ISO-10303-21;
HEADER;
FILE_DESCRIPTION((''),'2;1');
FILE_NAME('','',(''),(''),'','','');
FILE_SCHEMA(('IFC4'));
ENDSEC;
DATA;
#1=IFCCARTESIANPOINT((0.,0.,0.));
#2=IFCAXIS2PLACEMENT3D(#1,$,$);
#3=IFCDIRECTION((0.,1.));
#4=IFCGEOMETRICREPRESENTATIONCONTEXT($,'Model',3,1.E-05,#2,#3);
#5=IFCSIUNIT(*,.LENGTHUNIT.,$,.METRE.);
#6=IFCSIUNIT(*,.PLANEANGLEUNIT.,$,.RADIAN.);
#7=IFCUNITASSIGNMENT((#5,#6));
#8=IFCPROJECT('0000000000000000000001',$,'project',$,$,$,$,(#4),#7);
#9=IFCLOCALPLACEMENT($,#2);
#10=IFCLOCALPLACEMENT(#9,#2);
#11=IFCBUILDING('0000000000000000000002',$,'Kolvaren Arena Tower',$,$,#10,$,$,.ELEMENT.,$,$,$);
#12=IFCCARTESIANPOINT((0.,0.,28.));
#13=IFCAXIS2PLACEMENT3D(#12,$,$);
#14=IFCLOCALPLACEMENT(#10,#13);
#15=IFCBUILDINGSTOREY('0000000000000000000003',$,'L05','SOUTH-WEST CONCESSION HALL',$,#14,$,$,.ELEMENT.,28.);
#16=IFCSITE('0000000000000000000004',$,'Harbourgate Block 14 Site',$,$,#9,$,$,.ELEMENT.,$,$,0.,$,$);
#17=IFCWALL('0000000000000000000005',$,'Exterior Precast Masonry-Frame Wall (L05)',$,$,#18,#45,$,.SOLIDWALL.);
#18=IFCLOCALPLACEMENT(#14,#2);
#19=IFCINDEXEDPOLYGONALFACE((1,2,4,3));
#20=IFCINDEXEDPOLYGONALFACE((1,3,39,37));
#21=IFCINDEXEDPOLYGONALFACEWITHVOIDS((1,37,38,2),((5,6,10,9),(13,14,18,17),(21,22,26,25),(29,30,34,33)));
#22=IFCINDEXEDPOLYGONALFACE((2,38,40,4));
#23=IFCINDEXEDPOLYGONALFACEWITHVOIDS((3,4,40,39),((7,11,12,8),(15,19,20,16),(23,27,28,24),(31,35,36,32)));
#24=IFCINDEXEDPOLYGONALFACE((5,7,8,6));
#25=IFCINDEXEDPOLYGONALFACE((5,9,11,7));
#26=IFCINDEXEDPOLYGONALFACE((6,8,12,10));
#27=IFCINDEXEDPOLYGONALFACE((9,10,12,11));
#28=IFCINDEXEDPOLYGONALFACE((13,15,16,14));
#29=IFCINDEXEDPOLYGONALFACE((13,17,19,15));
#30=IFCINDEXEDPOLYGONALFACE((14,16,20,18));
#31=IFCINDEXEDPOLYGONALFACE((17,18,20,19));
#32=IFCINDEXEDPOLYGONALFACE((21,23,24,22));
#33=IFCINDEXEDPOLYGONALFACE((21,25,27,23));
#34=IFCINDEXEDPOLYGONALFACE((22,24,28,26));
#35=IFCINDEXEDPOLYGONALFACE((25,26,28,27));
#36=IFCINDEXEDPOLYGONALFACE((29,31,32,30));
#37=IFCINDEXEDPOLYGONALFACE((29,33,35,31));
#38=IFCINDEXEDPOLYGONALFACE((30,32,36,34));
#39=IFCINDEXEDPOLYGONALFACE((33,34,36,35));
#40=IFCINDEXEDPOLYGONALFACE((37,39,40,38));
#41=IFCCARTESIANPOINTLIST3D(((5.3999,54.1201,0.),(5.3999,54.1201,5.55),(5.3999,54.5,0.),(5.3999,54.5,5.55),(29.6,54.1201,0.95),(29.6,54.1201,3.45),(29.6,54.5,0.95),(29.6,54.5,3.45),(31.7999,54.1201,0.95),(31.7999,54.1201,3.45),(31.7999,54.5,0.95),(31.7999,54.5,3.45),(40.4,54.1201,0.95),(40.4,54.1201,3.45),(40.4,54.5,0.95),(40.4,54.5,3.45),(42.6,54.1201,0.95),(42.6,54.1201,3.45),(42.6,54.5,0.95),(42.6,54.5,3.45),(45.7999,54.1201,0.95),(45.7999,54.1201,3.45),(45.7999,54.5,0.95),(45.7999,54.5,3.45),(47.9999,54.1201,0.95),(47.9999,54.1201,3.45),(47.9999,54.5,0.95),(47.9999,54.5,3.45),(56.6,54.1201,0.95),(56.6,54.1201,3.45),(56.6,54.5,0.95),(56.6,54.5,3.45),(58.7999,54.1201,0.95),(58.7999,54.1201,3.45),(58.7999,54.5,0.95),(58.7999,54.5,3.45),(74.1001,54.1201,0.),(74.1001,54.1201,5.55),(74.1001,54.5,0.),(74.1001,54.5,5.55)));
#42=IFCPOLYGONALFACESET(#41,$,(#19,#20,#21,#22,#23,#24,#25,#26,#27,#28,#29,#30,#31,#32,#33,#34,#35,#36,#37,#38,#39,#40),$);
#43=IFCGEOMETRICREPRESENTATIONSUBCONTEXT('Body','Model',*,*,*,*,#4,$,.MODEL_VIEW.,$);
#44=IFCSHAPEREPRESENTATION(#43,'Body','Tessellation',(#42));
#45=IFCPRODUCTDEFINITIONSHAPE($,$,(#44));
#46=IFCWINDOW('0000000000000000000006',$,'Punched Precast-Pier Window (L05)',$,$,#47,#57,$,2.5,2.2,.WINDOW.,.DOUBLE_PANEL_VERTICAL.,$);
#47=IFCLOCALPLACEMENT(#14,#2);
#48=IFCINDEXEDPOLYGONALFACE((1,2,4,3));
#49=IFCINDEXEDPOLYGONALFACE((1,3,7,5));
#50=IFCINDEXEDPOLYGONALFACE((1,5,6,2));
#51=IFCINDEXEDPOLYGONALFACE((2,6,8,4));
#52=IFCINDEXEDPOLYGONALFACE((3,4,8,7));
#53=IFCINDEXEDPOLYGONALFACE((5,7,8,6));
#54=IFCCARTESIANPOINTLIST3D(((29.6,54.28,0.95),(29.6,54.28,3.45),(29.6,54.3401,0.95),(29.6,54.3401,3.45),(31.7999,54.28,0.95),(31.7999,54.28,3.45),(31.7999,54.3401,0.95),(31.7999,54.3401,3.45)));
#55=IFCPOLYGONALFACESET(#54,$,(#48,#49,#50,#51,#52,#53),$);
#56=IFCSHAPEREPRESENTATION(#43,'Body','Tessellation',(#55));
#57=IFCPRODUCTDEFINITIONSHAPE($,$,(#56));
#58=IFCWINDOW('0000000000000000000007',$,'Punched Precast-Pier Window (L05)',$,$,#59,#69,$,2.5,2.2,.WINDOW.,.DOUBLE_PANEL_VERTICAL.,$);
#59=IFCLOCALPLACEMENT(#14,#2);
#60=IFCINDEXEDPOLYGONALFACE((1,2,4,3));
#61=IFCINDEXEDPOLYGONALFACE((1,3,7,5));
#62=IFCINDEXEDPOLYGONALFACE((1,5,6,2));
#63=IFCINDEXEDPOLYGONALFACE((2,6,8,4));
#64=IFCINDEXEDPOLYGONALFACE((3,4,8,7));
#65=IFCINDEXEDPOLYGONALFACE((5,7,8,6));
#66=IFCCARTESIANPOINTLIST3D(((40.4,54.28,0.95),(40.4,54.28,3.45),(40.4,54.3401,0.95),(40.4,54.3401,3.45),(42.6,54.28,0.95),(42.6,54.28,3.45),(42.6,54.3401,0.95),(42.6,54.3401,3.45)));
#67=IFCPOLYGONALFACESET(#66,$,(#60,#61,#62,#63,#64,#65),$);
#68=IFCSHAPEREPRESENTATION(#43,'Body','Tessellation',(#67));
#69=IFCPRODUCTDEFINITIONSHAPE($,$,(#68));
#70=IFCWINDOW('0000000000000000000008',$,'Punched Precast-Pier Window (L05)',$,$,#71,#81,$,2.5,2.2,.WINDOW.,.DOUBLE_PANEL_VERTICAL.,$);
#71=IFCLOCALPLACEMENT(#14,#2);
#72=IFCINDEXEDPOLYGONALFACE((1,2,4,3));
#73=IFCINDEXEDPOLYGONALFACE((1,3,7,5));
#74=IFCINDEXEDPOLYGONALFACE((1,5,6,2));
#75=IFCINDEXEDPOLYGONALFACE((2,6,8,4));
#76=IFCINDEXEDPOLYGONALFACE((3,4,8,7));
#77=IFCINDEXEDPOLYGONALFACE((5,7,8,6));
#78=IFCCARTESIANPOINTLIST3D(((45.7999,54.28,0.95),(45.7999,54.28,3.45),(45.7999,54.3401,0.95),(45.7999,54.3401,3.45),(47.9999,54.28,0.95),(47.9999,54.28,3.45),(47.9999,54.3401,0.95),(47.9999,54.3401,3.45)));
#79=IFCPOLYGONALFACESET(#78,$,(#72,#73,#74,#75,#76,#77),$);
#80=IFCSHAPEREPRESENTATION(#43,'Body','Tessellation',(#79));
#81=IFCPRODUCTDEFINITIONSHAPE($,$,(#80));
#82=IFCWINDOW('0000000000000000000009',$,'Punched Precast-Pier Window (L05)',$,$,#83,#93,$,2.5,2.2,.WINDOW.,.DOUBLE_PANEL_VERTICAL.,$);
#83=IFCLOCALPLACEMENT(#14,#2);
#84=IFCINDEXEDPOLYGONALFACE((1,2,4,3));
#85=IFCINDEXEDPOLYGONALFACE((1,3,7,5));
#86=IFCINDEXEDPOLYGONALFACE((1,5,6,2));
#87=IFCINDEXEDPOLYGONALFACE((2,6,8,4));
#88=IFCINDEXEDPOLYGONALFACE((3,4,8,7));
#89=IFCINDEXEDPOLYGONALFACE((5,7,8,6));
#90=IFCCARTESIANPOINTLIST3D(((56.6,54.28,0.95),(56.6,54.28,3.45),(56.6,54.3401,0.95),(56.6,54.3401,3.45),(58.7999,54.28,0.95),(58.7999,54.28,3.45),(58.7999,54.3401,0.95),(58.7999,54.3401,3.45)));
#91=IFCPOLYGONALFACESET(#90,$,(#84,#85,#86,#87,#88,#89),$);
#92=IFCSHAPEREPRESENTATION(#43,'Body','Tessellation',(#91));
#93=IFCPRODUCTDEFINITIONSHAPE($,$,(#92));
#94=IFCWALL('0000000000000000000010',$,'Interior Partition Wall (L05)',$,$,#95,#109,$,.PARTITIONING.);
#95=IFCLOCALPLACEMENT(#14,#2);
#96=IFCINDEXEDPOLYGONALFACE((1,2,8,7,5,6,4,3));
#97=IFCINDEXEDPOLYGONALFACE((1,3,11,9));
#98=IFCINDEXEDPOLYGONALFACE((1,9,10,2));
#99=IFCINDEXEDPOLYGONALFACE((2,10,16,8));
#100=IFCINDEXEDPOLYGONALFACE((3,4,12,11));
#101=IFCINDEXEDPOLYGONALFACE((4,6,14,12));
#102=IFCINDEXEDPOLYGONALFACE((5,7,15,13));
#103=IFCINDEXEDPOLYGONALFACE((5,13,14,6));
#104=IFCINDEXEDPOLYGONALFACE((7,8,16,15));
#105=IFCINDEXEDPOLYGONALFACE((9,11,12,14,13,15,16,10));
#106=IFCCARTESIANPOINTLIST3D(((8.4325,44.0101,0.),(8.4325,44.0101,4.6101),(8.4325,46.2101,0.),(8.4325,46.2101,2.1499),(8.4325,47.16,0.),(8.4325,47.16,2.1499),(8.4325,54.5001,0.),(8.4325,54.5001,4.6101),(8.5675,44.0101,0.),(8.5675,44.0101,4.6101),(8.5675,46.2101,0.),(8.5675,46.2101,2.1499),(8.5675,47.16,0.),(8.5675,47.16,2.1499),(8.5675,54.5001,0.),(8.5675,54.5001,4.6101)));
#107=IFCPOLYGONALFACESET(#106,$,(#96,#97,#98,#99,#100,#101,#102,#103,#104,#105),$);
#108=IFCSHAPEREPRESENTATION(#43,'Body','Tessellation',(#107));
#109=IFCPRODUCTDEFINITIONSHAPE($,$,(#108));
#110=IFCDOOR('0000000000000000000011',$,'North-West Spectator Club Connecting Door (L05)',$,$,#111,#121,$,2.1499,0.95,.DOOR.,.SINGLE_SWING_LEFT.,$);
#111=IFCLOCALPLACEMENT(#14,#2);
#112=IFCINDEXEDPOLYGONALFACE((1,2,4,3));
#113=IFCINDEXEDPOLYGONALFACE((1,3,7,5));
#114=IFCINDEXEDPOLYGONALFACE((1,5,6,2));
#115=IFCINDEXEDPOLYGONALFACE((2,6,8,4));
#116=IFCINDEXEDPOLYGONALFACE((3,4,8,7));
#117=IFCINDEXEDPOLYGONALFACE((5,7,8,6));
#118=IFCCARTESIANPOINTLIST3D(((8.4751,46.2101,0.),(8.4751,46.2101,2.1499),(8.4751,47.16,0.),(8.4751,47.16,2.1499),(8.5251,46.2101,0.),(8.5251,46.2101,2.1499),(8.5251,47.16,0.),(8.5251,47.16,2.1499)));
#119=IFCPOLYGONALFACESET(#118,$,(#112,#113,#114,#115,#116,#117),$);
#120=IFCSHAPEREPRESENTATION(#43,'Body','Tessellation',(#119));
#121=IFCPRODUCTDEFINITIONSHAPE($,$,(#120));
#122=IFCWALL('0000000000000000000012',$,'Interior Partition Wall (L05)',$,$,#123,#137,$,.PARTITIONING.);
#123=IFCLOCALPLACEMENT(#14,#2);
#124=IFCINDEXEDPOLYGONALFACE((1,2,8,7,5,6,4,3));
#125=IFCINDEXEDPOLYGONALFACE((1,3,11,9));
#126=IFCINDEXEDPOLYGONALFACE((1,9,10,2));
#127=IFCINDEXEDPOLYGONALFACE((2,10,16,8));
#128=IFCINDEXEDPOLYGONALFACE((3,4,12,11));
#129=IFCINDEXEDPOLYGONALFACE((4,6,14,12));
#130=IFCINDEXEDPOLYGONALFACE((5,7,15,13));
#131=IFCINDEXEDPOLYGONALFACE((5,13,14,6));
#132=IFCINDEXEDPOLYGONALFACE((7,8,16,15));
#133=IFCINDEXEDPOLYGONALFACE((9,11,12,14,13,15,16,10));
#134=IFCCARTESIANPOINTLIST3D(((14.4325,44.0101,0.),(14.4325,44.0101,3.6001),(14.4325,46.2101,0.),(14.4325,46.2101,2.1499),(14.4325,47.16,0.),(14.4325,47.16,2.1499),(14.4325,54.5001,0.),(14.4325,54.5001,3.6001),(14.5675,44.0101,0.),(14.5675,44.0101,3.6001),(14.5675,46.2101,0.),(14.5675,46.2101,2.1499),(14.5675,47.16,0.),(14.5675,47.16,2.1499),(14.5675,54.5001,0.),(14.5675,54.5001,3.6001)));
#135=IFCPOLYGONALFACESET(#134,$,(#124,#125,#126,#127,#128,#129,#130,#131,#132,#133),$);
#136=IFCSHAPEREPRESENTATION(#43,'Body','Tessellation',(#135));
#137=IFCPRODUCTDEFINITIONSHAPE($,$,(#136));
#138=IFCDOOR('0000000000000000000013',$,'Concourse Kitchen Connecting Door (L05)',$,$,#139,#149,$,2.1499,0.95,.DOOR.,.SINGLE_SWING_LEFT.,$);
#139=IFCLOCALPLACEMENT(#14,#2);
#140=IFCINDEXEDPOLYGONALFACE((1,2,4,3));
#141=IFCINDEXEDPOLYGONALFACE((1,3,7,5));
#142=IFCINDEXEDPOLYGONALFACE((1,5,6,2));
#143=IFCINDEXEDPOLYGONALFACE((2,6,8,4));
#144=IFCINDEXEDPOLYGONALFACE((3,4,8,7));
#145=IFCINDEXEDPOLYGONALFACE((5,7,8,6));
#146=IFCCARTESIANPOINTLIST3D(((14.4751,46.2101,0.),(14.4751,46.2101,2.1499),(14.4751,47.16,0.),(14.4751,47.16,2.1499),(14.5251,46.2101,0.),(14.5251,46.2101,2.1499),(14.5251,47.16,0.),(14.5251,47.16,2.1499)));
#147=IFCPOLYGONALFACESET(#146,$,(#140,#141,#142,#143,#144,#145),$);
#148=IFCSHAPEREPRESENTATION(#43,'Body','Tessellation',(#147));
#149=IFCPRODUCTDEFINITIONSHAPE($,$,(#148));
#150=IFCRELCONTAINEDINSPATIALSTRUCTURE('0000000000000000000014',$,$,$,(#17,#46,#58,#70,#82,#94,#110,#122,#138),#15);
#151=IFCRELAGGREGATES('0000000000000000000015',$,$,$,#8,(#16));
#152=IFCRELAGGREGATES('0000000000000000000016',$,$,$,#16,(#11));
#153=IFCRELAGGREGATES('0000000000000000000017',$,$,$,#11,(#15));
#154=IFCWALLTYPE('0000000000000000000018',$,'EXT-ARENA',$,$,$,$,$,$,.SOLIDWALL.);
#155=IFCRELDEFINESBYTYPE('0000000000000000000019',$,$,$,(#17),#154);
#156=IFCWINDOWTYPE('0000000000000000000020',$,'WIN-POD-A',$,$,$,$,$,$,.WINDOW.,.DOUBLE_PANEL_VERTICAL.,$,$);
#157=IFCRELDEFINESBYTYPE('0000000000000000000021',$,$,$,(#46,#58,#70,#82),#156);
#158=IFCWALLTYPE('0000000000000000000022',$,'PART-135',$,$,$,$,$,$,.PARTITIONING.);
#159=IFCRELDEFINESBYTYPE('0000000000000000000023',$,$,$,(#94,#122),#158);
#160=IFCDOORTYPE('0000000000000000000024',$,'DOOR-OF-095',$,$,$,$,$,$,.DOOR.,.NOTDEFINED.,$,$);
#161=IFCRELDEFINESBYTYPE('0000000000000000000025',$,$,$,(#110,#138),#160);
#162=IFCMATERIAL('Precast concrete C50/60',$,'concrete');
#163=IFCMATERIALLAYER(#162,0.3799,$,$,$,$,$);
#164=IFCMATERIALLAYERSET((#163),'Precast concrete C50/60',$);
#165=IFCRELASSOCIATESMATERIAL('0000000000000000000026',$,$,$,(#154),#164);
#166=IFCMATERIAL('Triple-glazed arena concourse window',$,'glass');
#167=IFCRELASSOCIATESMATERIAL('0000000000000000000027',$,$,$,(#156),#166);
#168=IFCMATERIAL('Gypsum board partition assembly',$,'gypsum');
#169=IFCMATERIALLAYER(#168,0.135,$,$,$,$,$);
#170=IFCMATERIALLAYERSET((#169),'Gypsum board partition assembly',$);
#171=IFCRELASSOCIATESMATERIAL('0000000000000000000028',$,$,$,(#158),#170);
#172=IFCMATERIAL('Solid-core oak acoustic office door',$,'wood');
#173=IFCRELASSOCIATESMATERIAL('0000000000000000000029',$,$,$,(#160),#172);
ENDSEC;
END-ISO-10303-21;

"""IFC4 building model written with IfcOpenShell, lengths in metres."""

from ifc_helpers import new_model, si_unit, direction, frame, frame_2d, origin, place, context, subcontext, project, spatial, rectangle, extrude, material, layer, layer_set, type_object, element, fill, save


model = new_model("IFC4")

# Units and contexts
model_context = context("Model", 3, precision=1e-05, world=origin(), true_north=direction((0.0, 1.0)))
body_context = subcontext(model_context, "Body", "Model", "MODEL_VIEW")
ifc_project = project(units=[si_unit("LENGTHUNIT", "METRE"), si_unit("PLANEANGLEUNIT", "RADIAN")], contexts=[model_context])

# Site, building, storey
site_placement = place(None, origin())
site = spatial("IfcSite", under=ifc_project, at=site_placement, Name="Harbourgate Block 14 Site", CompositionType="ELEMENT", RefElevation=0.0)
building_placement = place(site_placement, origin())
building = spatial("IfcBuilding", under=site, at=building_placement, Name="Kolvaren Arena Tower", CompositionType="ELEMENT")
storey_placement = place(building_placement, frame((0.0, 0.0, 28.0)))
storey = spatial("IfcBuildingStorey", under=building, at=storey_placement, Name="L05", Description="SOUTH-WEST CONCESSION HALL", CompositionType="ELEMENT", Elevation=28.0)

# Wall, openings, windows
ifc_material_1 = material(Name="Precast concrete C50/60", Category="concrete")
ifc_layer_1 = layer(ifc_material_1, 0.3799)
ifc_layer_set_1 = layer_set([ifc_layer_1], Name="Precast concrete C50/60")
wall_type_1 = type_object("IfcWallType", Name="EXT-ARENA", PredefinedType="SOLIDWALL", material=ifc_layer_set_1)
wall_1_placement = place(storey_placement, frame((5.3999, 54.3101, 0.0), z_axis=(0.0, 0.0, 1.0), x_axis=(1.0, 0.0, 0.0)))
wall_1 = element("IfcWall", 1, at=wall_1_placement, inside=storey, type_object=wall_type_1, Name="Exterior Precast Masonry-Frame Wall (L05)", PredefinedType="SOLIDWALL", context=body_context, shape_type="SweptSolid", body=[
    extrude(rectangle(XDim=68.7002, YDim=0.3799, at=frame_2d((34.3501, 0.0))), origin(), (0.0, 0.0, 1.0), 5.55),
])
opening_1_placement = place(wall_1_placement, frame((24.2, 0.0, 0.95)))
opening_1 = element("IfcOpeningElement", 2, at=opening_1_placement, cuts=wall_1, PredefinedType="OPENING", context=body_context, shape_type="SweptSolid", body=[
    extrude(rectangle(XDim=2.2, YDim=2.5, at=frame_2d((1.1001, 1.25))), frame((0.0, 0.2, 0.0), z_axis=(0.0, -1.0, 0.0), x_axis=(1.0, 0.0, 0.0)), (0.0, 0.0, 1.0), 0.3999),
])
opening_2_placement = place(wall_1_placement, frame((35.0, 0.0, 0.95)))
opening_2 = element("IfcOpeningElement", 3, at=opening_2_placement, cuts=wall_1, PredefinedType="OPENING", context=body_context, shape_type="SweptSolid", body=[
    extrude(rectangle(XDim=2.2, YDim=2.5, at=frame_2d((1.1001, 1.25))), frame((0.0, 0.2, 0.0), z_axis=(0.0, -1.0, 0.0), x_axis=(1.0, 0.0, 0.0)), (0.0, 0.0, 1.0), 0.3999),
])
opening_3_placement = place(wall_1_placement, frame((40.3999, 0.0, 0.95)))
opening_3 = element("IfcOpeningElement", 4, at=opening_3_placement, cuts=wall_1, PredefinedType="OPENING", context=body_context, shape_type="SweptSolid", body=[
    extrude(rectangle(XDim=2.2, YDim=2.5, at=frame_2d((1.1001, 1.25))), frame((0.0, 0.2, 0.0), z_axis=(0.0, -1.0, 0.0), x_axis=(1.0, 0.0, 0.0)), (0.0, 0.0, 1.0), 0.3999),
])
opening_4_placement = place(wall_1_placement, frame((51.2, 0.0, 0.95)))
opening_4 = element("IfcOpeningElement", 5, at=opening_4_placement, cuts=wall_1, PredefinedType="OPENING", context=body_context, shape_type="SweptSolid", body=[
    extrude(rectangle(XDim=2.2, YDim=2.5, at=frame_2d((1.1001, 1.25))), frame((0.0, 0.2, 0.0), z_axis=(0.0, -1.0, 0.0), x_axis=(1.0, 0.0, 0.0)), (0.0, 0.0, 1.0), 0.3999),
])
ifc_material_2 = material(Name="Triple-glazed arena concourse window", Category="glass")
window_type = type_object("IfcWindowType", Name="WIN-POD-A", PartitioningType="DOUBLE_PANEL_VERTICAL", PredefinedType="WINDOW", material=ifc_material_2)
window_1_placement = place(opening_1_placement, origin())
window_1 = element("IfcWindow", 6, at=window_1_placement, inside=storey, type_object=window_type, Name="Punched Precast-Pier Window (L05)", OverallHeight=2.5, OverallWidth=2.2, PartitioningType="DOUBLE_PANEL_VERTICAL", PredefinedType="WINDOW", context=body_context, shape_type="SweptSolid", body=[
    extrude(rectangle(XDim=2.2, YDim=2.5, at=frame_2d((1.1001, 1.25))), frame((0.0, 0.03, 0.0), z_axis=(0.0, -1.0, 0.0), x_axis=(1.0, 0.0, 0.0)), (0.0, 0.0, 1.0), 0.0601),
])
fill(opening_1, window_1)
window_2_placement = place(opening_2_placement, origin())
window_2 = element("IfcWindow", 7, at=window_2_placement, inside=storey, type_object=window_type, Name="Punched Precast-Pier Window (L05)", OverallHeight=2.5, OverallWidth=2.2, PartitioningType="DOUBLE_PANEL_VERTICAL", PredefinedType="WINDOW", context=body_context, shape_type="SweptSolid", body=[
    extrude(rectangle(XDim=2.2, YDim=2.5, at=frame_2d((1.1001, 1.25))), frame((0.0, 0.03, 0.0), z_axis=(0.0, -1.0, 0.0), x_axis=(1.0, 0.0, 0.0)), (0.0, 0.0, 1.0), 0.0601),
])
fill(opening_2, window_2)
window_3_placement = place(opening_3_placement, origin())
window_3 = element("IfcWindow", 8, at=window_3_placement, inside=storey, type_object=window_type, Name="Punched Precast-Pier Window (L05)", OverallHeight=2.5, OverallWidth=2.2, PartitioningType="DOUBLE_PANEL_VERTICAL", PredefinedType="WINDOW", context=body_context, shape_type="SweptSolid", body=[
    extrude(rectangle(XDim=2.2, YDim=2.5, at=frame_2d((1.1001, 1.25))), frame((0.0, 0.03, 0.0), z_axis=(0.0, -1.0, 0.0), x_axis=(1.0, 0.0, 0.0)), (0.0, 0.0, 1.0), 0.0601),
])
fill(opening_3, window_3)
window_4_placement = place(opening_4_placement, origin())
window_4 = element("IfcWindow", 9, at=window_4_placement, inside=storey, type_object=window_type, Name="Punched Precast-Pier Window (L05)", OverallHeight=2.5, OverallWidth=2.2, PartitioningType="DOUBLE_PANEL_VERTICAL", PredefinedType="WINDOW", context=body_context, shape_type="SweptSolid", body=[
    extrude(rectangle(XDim=2.2, YDim=2.5, at=frame_2d((1.1001, 1.25))), frame((0.0, 0.03, 0.0), z_axis=(0.0, -1.0, 0.0), x_axis=(1.0, 0.0, 0.0)), (0.0, 0.0, 1.0), 0.0601),
])
fill(opening_4, window_4)

# Walls, openings, doors
ifc_material_3 = material(Name="Gypsum board partition assembly", Category="gypsum")
ifc_layer_2 = layer(ifc_material_3, 0.135)
ifc_layer_set_2 = layer_set([ifc_layer_2], Name="Gypsum board partition assembly")
wall_type_2 = type_object("IfcWallType", Name="PART-135", PredefinedType="PARTITIONING", material=ifc_layer_set_2)
wall_2_placement = place(storey_placement, frame((8.5, 44.01, 0.0), z_axis=(0.0, 0.0, 1.0), x_axis=(0.0, 1.0, 0.0)))
wall_2 = element("IfcWall", 10, at=wall_2_placement, inside=storey, type_object=wall_type_2, Name="Interior Partition Wall (L05)", PredefinedType="PARTITIONING", context=body_context, shape_type="SweptSolid", body=[
    extrude(rectangle(XDim=10.49, YDim=0.135, at=frame_2d((5.2451, 0.0))), origin(), (0.0, 0.0, 1.0), 4.6101),
])
opening_5_placement = place(wall_2_placement, frame((2.2, 0.0, 0.0)))
opening_5 = element("IfcOpeningElement", 11, at=opening_5_placement, cuts=wall_2, PredefinedType="OPENING", context=body_context, shape_type="SweptSolid", body=[
    extrude(rectangle(XDim=0.95, YDim=2.1499, at=frame_2d((0.4751, 1.075))), frame((0.0, 0.0774, 0.0), z_axis=(0.0, -1.0, 0.0), x_axis=(1.0, 0.0, 0.0)), (0.0, 0.0, 1.0), 0.155),
])
ifc_material_4 = material(Name="Solid-core oak acoustic office door", Category="wood")
door_type = type_object("IfcDoorType", Name="DOOR-OF-095", OperationType="NOTDEFINED", PredefinedType="DOOR", material=ifc_material_4)
door_1_placement = place(opening_5_placement, origin())
door_1 = element("IfcDoor", 12, at=door_1_placement, inside=storey, type_object=door_type, Name="North-West Spectator Club Connecting Door (L05)", OperationType="SINGLE_SWING_LEFT", OverallHeight=2.1499, OverallWidth=0.95, PredefinedType="DOOR", context=body_context, shape_type="SweptSolid", body=[
    extrude(rectangle(XDim=0.95, YDim=2.1499, at=frame_2d((0.4751, 1.075))), frame((0.0, 0.0249, 0.0), z_axis=(0.0, -1.0, 0.0), x_axis=(1.0, 0.0, 0.0)), (0.0, 0.0, 1.0), 0.05),
])
fill(opening_5, door_1)
wall_3_placement = place(storey_placement, frame((14.5, 44.01, 0.0), z_axis=(0.0, 0.0, 1.0), x_axis=(0.0, 1.0, 0.0)))
wall_3 = element("IfcWall", 13, at=wall_3_placement, inside=storey, type_object=wall_type_2, Name="Interior Partition Wall (L05)", PredefinedType="PARTITIONING", context=body_context, shape_type="SweptSolid", body=[
    extrude(rectangle(XDim=10.49, YDim=0.135, at=frame_2d((5.2451, 0.0))), origin(), (0.0, 0.0, 1.0), 3.6001),
])
opening_6_placement = place(wall_3_placement, frame((2.2, 0.0, 0.0)))
opening_6 = element("IfcOpeningElement", 14, at=opening_6_placement, cuts=wall_3, PredefinedType="OPENING", context=body_context, shape_type="SweptSolid", body=[
    extrude(rectangle(XDim=0.95, YDim=2.1499, at=frame_2d((0.4751, 1.075))), frame((0.0, 0.0774, 0.0), z_axis=(0.0, -1.0, 0.0), x_axis=(1.0, 0.0, 0.0)), (0.0, 0.0, 1.0), 0.155),
])
door_2_placement = place(opening_6_placement, origin())
door_2 = element("IfcDoor", 15, at=door_2_placement, inside=storey, type_object=door_type, Name="Concourse Kitchen Connecting Door (L05)", OperationType="SINGLE_SWING_LEFT", OverallHeight=2.1499, OverallWidth=0.95, PredefinedType="DOOR", context=body_context, shape_type="SweptSolid", body=[
    extrude(rectangle(XDim=0.95, YDim=2.1499, at=frame_2d((0.4751, 1.075))), frame((0.0, 0.0249, 0.0), z_axis=(0.0, -1.0, 0.0), x_axis=(1.0, 0.0, 0.0)), (0.0, 0.0, 1.0), 0.05),
])
fill(opening_6, door_2)

save(model, "model.ifc")
